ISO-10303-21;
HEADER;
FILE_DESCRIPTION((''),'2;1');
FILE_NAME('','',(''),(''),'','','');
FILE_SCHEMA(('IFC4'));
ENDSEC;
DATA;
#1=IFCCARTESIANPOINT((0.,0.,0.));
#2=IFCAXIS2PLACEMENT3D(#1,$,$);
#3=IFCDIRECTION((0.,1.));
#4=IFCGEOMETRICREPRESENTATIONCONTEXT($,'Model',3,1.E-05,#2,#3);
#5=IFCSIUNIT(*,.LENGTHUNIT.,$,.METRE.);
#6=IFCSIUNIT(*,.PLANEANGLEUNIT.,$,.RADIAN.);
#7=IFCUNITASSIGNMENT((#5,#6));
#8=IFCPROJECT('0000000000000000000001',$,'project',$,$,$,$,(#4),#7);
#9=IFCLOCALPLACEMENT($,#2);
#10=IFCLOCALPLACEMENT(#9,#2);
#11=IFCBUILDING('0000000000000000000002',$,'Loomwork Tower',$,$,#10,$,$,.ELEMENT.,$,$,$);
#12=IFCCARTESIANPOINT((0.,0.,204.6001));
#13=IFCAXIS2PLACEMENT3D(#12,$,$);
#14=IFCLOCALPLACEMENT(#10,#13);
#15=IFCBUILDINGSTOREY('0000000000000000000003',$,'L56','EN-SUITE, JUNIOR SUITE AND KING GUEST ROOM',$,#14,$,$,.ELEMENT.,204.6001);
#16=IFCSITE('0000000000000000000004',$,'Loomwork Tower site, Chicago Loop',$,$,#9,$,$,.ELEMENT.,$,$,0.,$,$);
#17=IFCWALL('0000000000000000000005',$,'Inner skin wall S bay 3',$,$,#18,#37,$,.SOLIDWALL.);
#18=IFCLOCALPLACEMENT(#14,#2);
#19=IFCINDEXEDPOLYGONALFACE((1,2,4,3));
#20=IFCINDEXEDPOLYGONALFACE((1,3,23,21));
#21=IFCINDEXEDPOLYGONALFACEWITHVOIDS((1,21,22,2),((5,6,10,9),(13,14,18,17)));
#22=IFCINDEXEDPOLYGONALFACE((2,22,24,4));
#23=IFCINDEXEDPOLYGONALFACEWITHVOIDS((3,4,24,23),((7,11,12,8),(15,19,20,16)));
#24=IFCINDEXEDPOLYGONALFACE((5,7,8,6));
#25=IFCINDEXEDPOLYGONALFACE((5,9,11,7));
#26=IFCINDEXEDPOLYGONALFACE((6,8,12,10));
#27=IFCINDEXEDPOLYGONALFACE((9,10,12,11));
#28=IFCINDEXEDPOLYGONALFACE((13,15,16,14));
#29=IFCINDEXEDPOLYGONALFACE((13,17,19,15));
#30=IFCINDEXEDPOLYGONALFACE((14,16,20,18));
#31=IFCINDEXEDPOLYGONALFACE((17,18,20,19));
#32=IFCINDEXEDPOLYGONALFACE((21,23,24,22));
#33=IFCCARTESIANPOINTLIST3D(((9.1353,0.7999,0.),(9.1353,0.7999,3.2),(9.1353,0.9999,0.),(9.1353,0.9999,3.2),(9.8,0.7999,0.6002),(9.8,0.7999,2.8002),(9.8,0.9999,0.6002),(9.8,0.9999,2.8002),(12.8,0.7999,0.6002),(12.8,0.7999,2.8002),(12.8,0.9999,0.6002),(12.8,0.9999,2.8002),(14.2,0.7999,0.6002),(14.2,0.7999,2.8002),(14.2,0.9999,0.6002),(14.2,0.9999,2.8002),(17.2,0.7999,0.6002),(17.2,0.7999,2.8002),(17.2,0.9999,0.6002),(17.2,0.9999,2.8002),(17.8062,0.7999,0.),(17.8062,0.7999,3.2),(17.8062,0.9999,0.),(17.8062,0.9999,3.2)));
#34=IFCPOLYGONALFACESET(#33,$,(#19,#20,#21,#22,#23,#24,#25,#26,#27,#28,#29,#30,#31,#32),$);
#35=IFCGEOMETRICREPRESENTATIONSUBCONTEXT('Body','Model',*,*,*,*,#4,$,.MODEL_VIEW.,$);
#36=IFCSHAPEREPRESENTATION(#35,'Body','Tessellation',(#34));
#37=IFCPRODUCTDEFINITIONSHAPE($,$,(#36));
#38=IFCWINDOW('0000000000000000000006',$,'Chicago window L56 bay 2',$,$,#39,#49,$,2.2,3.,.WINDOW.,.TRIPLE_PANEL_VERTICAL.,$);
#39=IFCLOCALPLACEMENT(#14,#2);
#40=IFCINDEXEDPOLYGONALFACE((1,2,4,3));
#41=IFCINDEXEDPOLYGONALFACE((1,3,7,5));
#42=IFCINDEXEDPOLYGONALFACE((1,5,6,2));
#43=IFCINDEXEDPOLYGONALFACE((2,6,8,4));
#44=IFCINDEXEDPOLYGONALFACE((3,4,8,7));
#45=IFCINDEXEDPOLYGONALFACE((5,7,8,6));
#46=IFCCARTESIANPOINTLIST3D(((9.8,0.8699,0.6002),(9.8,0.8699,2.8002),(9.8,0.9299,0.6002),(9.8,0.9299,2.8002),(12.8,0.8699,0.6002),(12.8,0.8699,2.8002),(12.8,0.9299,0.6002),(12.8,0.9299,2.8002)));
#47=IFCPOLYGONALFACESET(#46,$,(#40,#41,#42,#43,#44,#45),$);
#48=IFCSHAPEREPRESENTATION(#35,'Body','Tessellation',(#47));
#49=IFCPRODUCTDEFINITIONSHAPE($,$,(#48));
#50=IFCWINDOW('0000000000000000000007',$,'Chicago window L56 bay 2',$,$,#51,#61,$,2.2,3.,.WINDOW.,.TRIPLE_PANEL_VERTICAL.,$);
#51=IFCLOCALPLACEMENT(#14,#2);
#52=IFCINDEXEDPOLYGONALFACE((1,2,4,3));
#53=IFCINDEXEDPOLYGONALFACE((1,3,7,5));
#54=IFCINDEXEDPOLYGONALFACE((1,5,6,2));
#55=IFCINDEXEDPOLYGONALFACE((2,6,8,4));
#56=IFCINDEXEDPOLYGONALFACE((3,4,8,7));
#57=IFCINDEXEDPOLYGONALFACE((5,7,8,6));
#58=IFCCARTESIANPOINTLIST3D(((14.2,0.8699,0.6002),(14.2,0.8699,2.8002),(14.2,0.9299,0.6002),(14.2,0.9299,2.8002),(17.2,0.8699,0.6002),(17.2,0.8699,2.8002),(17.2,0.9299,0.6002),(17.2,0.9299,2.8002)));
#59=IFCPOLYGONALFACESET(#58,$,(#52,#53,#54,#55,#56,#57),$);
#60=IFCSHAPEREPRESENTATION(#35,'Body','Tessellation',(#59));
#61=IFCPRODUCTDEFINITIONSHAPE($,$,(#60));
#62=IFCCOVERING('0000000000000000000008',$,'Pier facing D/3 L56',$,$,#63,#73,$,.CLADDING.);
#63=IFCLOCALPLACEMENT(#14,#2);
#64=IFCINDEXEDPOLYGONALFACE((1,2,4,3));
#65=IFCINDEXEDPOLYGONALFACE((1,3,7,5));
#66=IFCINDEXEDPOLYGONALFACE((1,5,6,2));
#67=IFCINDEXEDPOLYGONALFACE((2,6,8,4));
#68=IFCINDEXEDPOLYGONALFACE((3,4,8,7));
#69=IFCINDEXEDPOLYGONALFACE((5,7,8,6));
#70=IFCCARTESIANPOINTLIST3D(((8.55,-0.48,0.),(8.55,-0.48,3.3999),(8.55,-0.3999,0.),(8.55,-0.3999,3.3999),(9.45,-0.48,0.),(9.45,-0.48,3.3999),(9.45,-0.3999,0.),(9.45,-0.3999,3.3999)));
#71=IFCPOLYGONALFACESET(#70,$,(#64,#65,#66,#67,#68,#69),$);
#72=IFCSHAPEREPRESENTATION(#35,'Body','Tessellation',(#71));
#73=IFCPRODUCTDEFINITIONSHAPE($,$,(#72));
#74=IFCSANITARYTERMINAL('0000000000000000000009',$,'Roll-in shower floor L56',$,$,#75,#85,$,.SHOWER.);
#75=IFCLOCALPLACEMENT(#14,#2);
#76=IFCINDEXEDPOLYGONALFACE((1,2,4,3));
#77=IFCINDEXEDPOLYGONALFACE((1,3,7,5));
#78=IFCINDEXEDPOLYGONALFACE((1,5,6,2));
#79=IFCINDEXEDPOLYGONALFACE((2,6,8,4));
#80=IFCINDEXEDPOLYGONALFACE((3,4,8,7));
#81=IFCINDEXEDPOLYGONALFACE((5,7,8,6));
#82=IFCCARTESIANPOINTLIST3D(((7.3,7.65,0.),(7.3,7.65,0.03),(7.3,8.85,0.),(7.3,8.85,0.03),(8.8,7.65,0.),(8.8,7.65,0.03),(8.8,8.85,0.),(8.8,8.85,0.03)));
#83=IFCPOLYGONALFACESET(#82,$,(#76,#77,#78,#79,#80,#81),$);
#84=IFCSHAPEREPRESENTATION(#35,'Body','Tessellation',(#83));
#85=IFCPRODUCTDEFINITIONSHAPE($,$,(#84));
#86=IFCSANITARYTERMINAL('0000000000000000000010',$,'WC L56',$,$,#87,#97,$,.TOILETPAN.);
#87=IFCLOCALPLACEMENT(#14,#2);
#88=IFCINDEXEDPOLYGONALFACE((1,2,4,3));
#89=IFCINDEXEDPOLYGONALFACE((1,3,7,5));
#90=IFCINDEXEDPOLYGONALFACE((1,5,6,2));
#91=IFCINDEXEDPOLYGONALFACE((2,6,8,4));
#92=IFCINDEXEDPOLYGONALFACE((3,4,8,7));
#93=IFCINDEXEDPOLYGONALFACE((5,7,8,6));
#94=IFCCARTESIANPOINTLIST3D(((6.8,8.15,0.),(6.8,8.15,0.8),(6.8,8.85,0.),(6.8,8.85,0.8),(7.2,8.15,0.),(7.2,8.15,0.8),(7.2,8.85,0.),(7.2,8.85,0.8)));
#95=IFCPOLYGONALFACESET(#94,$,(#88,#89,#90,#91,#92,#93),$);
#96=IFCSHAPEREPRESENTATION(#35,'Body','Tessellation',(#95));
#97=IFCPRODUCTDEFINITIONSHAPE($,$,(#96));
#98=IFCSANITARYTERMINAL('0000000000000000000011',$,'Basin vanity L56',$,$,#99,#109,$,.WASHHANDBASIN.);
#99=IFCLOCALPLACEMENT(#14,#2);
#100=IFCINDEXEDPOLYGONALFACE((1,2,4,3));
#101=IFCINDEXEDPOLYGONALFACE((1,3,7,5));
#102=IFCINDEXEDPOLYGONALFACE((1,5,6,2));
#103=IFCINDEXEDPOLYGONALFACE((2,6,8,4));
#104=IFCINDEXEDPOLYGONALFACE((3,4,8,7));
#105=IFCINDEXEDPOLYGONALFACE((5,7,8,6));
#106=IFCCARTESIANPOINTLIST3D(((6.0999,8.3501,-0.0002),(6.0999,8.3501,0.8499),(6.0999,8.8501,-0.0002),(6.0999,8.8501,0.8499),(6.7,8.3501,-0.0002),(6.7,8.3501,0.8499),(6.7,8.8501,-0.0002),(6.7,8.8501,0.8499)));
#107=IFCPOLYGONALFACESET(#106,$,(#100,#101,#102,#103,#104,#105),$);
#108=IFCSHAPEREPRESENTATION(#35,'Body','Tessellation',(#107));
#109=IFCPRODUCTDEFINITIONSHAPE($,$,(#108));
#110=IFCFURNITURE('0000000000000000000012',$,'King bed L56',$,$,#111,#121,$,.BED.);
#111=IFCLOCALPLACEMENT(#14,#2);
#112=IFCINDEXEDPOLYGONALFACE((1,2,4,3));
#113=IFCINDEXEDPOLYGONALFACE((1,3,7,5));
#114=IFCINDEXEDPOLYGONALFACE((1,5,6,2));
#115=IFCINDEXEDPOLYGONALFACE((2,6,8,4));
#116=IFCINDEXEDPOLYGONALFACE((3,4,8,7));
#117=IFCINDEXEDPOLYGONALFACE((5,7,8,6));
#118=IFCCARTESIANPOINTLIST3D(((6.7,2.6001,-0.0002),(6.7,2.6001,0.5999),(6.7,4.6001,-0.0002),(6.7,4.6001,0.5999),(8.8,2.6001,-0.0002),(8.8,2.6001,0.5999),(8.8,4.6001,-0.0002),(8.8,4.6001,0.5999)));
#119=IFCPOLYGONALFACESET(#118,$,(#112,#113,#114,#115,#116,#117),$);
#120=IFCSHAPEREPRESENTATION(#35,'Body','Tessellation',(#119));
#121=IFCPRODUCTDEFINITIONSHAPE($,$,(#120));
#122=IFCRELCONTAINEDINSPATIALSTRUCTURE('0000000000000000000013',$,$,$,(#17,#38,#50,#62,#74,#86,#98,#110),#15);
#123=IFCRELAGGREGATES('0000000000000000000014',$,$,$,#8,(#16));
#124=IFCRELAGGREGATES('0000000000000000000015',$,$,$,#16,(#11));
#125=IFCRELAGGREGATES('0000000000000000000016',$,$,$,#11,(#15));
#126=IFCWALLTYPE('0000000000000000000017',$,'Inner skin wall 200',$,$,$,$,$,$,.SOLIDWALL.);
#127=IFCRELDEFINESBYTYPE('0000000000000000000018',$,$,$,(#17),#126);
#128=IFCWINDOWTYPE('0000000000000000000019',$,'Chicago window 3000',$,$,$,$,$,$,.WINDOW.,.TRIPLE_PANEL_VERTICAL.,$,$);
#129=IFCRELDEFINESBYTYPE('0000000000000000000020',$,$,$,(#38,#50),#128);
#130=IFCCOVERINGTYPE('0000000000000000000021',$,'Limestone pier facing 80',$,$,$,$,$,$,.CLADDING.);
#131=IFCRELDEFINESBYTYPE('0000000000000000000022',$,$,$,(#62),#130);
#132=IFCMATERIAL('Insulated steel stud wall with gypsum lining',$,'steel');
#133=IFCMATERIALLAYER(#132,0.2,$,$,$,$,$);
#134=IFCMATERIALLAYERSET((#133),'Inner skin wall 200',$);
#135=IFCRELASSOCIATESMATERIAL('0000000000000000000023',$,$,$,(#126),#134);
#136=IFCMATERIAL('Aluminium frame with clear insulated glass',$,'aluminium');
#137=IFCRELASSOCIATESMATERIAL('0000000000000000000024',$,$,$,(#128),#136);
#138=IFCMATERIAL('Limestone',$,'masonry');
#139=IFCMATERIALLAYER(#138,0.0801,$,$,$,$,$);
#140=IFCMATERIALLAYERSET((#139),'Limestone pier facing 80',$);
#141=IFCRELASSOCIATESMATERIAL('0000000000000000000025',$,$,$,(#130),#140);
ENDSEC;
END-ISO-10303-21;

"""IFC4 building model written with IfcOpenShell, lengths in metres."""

from ifc_helpers import new_model, si_unit, direction, frame, frame_2d, origin, origin_2d, place, context, subcontext, project, spatial, rectangle, extrude, material, layer, layer_set, type_object, element, fill, save


model = new_model("IFC4")

# Units and contexts
model_context = context("Model", 3, precision=1e-05, world=origin(), true_north=direction((0.0, 1.0)))
body_context = subcontext(model_context, "Body", "Model", "MODEL_VIEW")
ifc_project = project(units=[si_unit("LENGTHUNIT", "METRE"), si_unit("PLANEANGLEUNIT", "RADIAN")], contexts=[model_context])

# Site, building, storey
site_placement = place(None, origin())
site = spatial("IfcSite", under=ifc_project, at=site_placement, Name="Loomwork Tower site, Chicago Loop", CompositionType="ELEMENT", RefElevation=0.0)
building_placement = place(site_placement, origin())
building = spatial("IfcBuilding", under=site, at=building_placement, Name="Loomwork Tower", CompositionType="ELEMENT")
storey_placement = place(building_placement, frame((0.0, 0.0, 204.6001)))
storey = spatial("IfcBuildingStorey", under=building, at=storey_placement, Name="L56", Description="EN-SUITE, JUNIOR SUITE AND KING GUEST ROOM", CompositionType="ELEMENT", Elevation=204.6001)

# Shared definitions
ifc_material_1 = material(Name="Insulated steel stud wall with gypsum lining", Category="steel")
ifc_layer_1 = layer(ifc_material_1, 0.2)
ifc_layer_set_1 = layer_set([ifc_layer_1], Name="Inner skin wall 200")
wall_type_1 = type_object("IfcWallType", Name="Inner skin wall 200", PredefinedType="SOLIDWALL", material=ifc_layer_set_1)

# Wall, openings, windows
wall_1_placement = place(storey_placement, frame((9.1353, 0.8999, 0.0), z_axis=(0.0, 0.0, 1.0), x_axis=(1.0, 0.0, 0.0)))
wall_1 = element("IfcWall", 1, at=wall_1_placement, inside=storey, type_object=wall_type_1, Name="Inner skin wall S bay 3", PredefinedType="SOLIDWALL", context=body_context, shape_type="SweptSolid", body=[
    extrude(rectangle(XDim=8.6709, YDim=0.2, at=frame_2d((4.3354, 0.0))), origin(), (0.0, 0.0, 1.0), 3.2),
])
opening_1_placement = place(wall_1_placement, frame((0.6648, 0.0, 0.6001)))
opening_1 = element("IfcOpeningElement", 2, at=opening_1_placement, cuts=wall_1, PredefinedType="OPENING", context=body_context, shape_type="SweptSolid", body=[
    extrude(rectangle(XDim=3.0, YDim=2.2, at=frame_2d((1.5, 1.1001))), frame((0.0, 0.1099, 0.0), z_axis=(0.0, -1.0, 0.0), x_axis=(1.0, 0.0, 0.0)), (0.0, 0.0, 1.0), 0.22),
])
opening_2_placement = place(wall_1_placement, frame((5.0647, 0.0, 0.6001)))
opening_2 = element("IfcOpeningElement", 3, at=opening_2_placement, cuts=wall_1, PredefinedType="OPENING", context=body_context, shape_type="SweptSolid", body=[
    extrude(rectangle(XDim=3.0, YDim=2.2, at=frame_2d((1.5, 1.1001))), frame((0.0, 0.1099, 0.0), z_axis=(0.0, -1.0, 0.0), x_axis=(1.0, 0.0, 0.0)), (0.0, 0.0, 1.0), 0.22),
])
ifc_material_2 = material(Name="Aluminium frame with clear insulated glass", Category="aluminium")
window_type = type_object("IfcWindowType", Name="Chicago window 3000", PartitioningType="TRIPLE_PANEL_VERTICAL", PredefinedType="WINDOW", material=ifc_material_2)
window_1_placement = place(opening_1_placement, origin())
window_1 = element("IfcWindow", 4, at=window_1_placement, inside=storey, type_object=window_type, Name="Chicago window L56 bay 2", OverallHeight=2.2, OverallWidth=3.0, PartitioningType="TRIPLE_PANEL_VERTICAL", PredefinedType="WINDOW", context=body_context, shape_type="SweptSolid", body=[
    extrude(rectangle(XDim=3.0, YDim=2.2, at=frame_2d((1.5, 1.1001))), frame((0.0, 0.03, 0.0), z_axis=(0.0, -1.0, 0.0), x_axis=(1.0, 0.0, 0.0)), (0.0, 0.0, 1.0), 0.0601),
])
fill(opening_1, window_1)
window_2_placement = place(opening_2_placement, origin())
window_2 = element("IfcWindow", 5, at=window_2_placement, inside=storey, type_object=window_type, Name="Chicago window L56 bay 2", OverallHeight=2.2, OverallWidth=3.0, PartitioningType="TRIPLE_PANEL_VERTICAL", PredefinedType="WINDOW", context=body_context, shape_type="SweptSolid", body=[
    extrude(rectangle(XDim=3.0, YDim=2.2, at=frame_2d((1.5, 1.1001))), frame((0.0, 0.03, 0.0), z_axis=(0.0, -1.0, 0.0), x_axis=(1.0, 0.0, 0.0)), (0.0, 0.0, 1.0), 0.0601),
])
fill(opening_2, window_2)

# Covering
ifc_material_3 = material(Name="Limestone", Category="masonry")
ifc_layer_2 = layer(ifc_material_3, 0.0801)
ifc_layer_set_2 = layer_set([ifc_layer_2], Name="Limestone pier facing 80")
covering_type = type_object("IfcCoveringType", Name="Limestone pier facing 80", PredefinedType="CLADDING", material=ifc_layer_set_2)
covering_placement = place(storey_placement, frame((9.0, -0.4399, 0.0), z_axis=(0.0, 0.0, 1.0), x_axis=(1.0, 0.0, 0.0)))
element("IfcCovering", 6, at=covering_placement, inside=storey, type_object=covering_type, Name="Pier facing D/3 L56", PredefinedType="CLADDING", context=body_context, shape_type="SweptSolid", body=[
    extrude(rectangle(XDim=0.8999, YDim=0.0801, at=origin_2d()), origin(), (0.0, 0.0, 1.0), 3.3999),
])

# Sanitary terminals
sanitary_terminal_1_placement = place(storey_placement, frame((8.05, 8.25, 0.0), z_axis=(0.0, 0.0, 1.0), x_axis=(1.0, 0.0, 0.0)))
element("IfcSanitaryTerminal", 7, at=sanitary_terminal_1_placement, inside=storey, Name="Roll-in shower floor L56", PredefinedType="SHOWER", context=body_context, shape_type="SweptSolid", body=[
    extrude(rectangle(XDim=1.5, YDim=1.2, at=origin_2d()), origin(), (0.0, 0.0, 1.0), 0.03),
])
sanitary_terminal_2_placement = place(storey_placement, frame((7.0, 8.5, 0.0), z_axis=(0.0, 0.0, 1.0), x_axis=(1.0, 0.0, 0.0)))
element("IfcSanitaryTerminal", 8, at=sanitary_terminal_2_placement, inside=storey, Name="WC L56", PredefinedType="TOILETPAN", context=body_context, shape_type="SweptSolid", body=[
    extrude(rectangle(XDim=0.3999, YDim=0.7, at=origin_2d()), origin(), (0.0, 0.0, 1.0), 0.8),
])
sanitary_terminal_3_placement = place(storey_placement, frame((6.3999, 8.6001, -0.0002), z_axis=(0.0, 0.0, 1.0), x_axis=(1.0, 0.0, 0.0)))
element("IfcSanitaryTerminal", 9, at=sanitary_terminal_3_placement, inside=storey, Name="Basin vanity L56", PredefinedType="WASHHANDBASIN", context=body_context, shape_type="SweptSolid", body=[
    extrude(rectangle(XDim=0.6001, YDim=0.5, at=origin_2d()), origin(), (0.0, 0.0, 1.0), 0.8501),
])

# Furniture
furniture_placement = place(storey_placement, frame((7.75, 3.6001, -0.0002), z_axis=(0.0, 0.0, 1.0), x_axis=(1.0, 0.0, 0.0)))
element("IfcFurniture", 10, at=furniture_placement, inside=storey, Name="King bed L56", PredefinedType="BED", context=body_context, shape_type="SweptSolid", body=[
    extrude(rectangle(XDim=2.1001, YDim=2.0, at=origin_2d()), origin(), (0.0, 0.0, 1.0), 0.6001),
])

save(model, "model.ifc")
